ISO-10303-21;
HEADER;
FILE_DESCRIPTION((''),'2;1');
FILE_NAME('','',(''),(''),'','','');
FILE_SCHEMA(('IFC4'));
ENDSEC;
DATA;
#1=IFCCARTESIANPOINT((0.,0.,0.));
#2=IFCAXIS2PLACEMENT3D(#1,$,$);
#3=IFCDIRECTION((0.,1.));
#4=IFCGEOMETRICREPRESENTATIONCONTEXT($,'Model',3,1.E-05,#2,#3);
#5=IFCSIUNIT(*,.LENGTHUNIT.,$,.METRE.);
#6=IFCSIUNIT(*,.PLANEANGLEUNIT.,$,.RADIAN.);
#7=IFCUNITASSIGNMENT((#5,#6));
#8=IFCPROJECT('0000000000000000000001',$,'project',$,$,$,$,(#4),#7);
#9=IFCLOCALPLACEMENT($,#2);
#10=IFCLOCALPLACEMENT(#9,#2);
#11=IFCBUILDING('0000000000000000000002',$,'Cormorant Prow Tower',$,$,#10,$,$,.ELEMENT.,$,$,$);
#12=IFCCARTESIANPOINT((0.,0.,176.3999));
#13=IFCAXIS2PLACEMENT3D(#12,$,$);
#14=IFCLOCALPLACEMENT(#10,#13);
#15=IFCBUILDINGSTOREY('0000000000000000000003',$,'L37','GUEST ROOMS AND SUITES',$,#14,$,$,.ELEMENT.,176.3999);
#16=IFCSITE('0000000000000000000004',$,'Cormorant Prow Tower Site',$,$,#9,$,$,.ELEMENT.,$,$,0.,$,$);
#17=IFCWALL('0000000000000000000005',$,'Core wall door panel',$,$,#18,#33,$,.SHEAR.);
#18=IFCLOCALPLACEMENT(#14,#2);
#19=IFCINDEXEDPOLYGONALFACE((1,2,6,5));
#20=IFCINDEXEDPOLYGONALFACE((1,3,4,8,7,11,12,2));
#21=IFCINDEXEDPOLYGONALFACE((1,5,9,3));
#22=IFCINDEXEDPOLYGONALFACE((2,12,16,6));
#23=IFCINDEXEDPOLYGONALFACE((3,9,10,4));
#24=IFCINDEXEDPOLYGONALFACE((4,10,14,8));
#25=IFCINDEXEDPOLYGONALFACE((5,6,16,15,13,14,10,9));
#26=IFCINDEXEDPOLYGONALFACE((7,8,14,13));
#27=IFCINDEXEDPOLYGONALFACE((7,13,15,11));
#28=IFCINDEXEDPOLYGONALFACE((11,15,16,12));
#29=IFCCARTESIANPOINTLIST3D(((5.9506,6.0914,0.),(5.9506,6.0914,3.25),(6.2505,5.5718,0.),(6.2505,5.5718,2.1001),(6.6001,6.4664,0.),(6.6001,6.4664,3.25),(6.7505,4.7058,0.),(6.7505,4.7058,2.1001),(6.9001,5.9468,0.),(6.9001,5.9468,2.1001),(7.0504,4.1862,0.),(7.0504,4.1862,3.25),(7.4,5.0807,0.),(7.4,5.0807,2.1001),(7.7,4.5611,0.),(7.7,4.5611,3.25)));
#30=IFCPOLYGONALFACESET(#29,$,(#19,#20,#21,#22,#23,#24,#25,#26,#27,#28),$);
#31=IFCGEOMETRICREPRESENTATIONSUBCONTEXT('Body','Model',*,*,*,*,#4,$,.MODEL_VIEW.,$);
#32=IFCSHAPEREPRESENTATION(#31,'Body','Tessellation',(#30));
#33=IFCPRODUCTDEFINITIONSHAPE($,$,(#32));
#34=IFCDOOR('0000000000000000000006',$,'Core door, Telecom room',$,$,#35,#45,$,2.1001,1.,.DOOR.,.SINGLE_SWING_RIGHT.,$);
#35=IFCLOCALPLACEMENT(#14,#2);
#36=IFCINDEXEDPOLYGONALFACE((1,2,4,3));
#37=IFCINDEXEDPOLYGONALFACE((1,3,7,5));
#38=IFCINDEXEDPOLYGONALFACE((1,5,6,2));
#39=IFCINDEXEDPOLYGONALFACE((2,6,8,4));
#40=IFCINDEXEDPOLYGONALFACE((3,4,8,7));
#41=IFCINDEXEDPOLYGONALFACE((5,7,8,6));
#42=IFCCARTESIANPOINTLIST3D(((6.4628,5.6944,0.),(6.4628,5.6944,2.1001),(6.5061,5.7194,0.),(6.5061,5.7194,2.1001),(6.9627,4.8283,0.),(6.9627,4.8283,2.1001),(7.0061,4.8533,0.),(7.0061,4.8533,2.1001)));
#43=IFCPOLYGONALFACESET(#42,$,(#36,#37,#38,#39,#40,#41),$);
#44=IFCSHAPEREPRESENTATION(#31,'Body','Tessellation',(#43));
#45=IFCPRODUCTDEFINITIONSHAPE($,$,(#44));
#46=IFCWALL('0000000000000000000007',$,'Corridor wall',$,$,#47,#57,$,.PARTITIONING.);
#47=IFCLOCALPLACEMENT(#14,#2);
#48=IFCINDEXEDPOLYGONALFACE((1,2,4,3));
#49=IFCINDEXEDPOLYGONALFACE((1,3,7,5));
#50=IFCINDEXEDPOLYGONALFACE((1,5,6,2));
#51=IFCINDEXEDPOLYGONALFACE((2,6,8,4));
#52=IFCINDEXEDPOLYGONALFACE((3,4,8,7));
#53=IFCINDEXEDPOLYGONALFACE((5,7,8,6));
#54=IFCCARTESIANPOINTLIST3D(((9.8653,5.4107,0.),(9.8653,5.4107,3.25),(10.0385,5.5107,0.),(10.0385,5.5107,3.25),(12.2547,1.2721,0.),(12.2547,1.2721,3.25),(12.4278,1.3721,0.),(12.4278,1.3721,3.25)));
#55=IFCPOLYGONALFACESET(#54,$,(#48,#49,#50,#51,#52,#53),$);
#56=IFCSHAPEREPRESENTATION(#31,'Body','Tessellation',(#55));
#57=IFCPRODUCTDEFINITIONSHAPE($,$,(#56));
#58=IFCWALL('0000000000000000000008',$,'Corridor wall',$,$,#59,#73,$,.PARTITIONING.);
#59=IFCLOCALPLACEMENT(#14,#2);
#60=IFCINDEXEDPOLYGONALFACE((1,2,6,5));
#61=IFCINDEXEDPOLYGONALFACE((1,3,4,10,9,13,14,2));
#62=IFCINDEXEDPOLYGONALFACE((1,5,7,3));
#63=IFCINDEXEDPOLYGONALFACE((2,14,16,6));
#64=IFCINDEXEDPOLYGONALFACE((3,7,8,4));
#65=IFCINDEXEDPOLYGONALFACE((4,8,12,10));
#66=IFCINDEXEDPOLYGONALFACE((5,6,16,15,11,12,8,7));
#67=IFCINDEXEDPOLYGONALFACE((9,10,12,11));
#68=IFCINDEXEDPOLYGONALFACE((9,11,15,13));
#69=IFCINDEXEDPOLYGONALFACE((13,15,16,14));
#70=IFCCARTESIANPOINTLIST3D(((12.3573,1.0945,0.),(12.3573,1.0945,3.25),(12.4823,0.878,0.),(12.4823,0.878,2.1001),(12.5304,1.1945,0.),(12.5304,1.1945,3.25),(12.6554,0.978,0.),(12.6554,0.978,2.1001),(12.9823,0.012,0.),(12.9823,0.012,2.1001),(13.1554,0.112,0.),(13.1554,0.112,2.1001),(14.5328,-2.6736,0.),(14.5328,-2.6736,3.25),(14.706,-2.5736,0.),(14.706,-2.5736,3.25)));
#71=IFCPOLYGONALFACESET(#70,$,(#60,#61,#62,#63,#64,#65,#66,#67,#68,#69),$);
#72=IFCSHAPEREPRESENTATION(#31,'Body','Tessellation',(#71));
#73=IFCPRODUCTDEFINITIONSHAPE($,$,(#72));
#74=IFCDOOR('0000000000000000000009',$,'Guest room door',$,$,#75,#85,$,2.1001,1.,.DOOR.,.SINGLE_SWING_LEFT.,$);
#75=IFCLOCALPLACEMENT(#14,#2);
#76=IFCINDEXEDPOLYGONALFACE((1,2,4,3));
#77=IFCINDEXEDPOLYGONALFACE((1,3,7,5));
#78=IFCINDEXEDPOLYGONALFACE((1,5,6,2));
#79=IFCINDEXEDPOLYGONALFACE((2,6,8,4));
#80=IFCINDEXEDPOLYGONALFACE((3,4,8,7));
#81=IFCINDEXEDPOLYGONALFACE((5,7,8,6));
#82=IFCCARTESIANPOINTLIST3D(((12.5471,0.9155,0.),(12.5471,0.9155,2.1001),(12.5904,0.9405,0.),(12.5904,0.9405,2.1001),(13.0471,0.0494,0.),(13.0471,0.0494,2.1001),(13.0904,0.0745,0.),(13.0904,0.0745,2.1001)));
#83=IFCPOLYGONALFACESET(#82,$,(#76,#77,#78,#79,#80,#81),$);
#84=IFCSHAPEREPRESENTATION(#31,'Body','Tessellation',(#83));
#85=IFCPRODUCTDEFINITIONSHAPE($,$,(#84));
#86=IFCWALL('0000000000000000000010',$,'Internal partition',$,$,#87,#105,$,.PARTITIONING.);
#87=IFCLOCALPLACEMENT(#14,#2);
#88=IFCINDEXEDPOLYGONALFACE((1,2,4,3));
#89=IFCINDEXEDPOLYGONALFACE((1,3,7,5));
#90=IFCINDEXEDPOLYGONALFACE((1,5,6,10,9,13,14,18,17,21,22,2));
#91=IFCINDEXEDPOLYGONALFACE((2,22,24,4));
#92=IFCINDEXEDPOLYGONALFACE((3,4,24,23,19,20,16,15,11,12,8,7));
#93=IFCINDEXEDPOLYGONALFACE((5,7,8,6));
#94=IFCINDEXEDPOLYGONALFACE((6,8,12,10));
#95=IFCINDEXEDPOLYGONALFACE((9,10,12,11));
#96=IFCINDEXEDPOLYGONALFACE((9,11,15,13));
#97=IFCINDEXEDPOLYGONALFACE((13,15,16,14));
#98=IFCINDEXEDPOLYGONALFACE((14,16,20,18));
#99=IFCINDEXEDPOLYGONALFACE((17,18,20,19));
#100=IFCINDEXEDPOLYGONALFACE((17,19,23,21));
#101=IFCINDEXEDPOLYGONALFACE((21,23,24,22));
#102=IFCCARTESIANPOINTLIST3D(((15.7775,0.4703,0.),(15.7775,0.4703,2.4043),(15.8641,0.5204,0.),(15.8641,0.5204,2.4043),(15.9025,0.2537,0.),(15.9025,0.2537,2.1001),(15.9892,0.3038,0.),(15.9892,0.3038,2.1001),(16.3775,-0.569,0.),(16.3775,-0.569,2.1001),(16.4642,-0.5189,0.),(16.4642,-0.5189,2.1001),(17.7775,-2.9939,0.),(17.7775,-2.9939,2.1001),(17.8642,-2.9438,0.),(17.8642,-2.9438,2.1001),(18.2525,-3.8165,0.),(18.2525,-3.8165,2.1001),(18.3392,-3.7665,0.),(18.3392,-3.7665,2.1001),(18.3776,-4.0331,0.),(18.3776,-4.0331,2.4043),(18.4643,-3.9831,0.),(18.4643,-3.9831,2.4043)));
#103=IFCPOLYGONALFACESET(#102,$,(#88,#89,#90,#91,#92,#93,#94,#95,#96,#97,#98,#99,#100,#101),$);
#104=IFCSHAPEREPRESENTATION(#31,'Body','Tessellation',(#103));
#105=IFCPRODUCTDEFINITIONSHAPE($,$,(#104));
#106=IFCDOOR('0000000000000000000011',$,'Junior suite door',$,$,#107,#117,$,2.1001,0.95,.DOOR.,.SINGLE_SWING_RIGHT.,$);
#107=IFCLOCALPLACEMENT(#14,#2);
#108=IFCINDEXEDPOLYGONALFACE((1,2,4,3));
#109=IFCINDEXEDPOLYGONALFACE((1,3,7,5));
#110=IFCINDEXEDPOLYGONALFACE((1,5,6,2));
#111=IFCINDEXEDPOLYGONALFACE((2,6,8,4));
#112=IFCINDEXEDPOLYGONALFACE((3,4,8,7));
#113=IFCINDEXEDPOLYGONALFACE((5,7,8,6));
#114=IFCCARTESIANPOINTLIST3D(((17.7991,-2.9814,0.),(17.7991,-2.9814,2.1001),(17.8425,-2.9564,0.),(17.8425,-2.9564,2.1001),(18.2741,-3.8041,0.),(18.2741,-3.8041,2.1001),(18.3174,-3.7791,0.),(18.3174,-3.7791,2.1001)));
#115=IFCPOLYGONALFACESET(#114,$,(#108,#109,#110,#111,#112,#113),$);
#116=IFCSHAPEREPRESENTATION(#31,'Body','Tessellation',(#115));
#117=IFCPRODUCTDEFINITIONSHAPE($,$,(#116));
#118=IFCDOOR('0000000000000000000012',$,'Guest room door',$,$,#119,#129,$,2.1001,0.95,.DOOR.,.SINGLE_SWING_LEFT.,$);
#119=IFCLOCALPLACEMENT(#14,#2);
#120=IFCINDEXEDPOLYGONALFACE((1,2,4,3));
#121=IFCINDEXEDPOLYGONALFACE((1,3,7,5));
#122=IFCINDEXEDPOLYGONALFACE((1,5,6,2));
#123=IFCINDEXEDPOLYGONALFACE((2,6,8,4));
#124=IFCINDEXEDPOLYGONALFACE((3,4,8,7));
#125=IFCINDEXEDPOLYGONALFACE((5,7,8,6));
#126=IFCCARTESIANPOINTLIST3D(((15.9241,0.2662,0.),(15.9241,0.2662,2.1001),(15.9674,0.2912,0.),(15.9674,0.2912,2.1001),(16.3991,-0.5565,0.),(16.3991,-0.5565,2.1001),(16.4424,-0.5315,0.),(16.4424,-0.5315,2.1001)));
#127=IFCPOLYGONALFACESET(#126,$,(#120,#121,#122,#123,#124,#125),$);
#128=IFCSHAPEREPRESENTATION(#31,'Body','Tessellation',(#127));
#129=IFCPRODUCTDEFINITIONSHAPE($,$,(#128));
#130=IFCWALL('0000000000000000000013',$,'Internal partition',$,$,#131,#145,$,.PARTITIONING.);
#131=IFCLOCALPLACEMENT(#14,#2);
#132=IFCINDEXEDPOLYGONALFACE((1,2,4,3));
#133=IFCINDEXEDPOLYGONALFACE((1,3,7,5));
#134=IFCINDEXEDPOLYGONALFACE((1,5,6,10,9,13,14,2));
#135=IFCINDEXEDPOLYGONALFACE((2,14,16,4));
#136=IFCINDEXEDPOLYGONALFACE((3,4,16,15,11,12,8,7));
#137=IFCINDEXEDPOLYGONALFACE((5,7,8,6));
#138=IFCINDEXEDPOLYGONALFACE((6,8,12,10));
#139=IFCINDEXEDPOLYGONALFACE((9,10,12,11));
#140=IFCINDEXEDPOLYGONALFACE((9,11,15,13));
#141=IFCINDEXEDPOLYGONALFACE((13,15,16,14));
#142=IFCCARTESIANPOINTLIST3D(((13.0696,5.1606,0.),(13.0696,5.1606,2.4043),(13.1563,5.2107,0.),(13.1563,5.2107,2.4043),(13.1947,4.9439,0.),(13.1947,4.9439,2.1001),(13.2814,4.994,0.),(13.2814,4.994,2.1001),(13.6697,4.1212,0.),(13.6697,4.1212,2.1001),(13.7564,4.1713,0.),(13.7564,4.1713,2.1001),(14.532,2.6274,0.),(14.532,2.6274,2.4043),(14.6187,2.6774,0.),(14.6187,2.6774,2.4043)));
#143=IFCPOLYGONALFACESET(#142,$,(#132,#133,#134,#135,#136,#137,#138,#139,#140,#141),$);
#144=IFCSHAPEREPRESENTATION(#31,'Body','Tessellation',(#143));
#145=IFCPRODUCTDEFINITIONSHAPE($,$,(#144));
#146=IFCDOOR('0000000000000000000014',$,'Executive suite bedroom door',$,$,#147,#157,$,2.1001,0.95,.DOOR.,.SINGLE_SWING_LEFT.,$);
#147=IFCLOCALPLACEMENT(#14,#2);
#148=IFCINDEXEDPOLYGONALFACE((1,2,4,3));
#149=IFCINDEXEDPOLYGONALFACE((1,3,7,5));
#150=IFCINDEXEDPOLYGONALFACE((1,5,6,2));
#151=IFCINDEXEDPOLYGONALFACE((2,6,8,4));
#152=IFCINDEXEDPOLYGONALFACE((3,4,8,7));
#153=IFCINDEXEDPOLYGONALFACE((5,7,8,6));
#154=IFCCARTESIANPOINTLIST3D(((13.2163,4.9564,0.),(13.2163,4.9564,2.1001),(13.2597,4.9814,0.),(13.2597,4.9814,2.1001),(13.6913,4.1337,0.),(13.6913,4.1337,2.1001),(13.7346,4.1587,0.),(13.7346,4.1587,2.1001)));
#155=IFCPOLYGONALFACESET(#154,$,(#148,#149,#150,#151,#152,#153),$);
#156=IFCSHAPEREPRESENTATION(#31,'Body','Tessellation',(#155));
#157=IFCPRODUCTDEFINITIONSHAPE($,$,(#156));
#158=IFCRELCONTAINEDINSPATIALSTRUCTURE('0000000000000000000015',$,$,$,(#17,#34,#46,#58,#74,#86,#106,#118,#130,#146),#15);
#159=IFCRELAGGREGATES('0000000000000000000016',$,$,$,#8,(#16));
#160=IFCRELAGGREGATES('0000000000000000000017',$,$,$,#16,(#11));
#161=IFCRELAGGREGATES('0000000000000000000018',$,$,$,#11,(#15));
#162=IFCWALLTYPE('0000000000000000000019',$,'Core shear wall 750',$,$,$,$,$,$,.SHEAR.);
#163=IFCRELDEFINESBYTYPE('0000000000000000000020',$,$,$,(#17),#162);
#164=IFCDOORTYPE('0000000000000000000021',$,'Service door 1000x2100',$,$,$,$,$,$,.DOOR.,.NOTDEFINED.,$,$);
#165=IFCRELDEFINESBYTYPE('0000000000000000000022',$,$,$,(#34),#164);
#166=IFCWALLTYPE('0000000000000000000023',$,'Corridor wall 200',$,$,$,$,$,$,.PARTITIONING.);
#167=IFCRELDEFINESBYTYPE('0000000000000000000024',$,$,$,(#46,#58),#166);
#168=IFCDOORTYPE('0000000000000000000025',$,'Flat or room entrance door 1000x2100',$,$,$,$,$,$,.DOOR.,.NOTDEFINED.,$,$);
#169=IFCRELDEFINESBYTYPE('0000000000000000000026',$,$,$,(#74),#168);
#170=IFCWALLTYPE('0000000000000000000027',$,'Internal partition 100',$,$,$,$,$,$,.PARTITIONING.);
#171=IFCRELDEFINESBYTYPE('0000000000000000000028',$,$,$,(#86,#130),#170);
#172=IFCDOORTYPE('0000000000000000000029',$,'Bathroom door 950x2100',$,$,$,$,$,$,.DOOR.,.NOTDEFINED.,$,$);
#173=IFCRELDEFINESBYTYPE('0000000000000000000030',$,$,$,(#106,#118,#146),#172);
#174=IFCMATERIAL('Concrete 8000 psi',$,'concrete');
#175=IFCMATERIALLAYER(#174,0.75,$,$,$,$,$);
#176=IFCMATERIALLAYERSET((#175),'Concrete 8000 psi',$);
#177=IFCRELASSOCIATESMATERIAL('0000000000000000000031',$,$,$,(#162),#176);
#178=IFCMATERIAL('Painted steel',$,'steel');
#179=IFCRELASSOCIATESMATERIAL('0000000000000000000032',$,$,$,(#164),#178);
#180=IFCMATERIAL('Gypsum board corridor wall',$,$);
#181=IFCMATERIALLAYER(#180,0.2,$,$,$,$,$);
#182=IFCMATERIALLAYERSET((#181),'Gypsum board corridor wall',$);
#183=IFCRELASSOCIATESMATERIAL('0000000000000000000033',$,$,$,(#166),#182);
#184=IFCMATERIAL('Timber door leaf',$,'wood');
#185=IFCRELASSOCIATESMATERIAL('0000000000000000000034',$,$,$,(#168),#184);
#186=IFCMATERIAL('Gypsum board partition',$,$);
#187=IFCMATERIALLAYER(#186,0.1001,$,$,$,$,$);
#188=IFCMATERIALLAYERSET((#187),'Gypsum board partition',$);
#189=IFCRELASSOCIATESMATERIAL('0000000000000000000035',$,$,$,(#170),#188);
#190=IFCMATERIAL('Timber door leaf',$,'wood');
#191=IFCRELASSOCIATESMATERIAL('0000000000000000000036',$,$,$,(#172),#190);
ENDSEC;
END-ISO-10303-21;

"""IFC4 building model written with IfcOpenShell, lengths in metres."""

from ifc_helpers import new_model, si_unit, direction, frame, frame_2d, origin, place, context, subcontext, project, spatial, rectangle, extrude, material, layer, layer_set, type_object, element, fill, save


model = new_model("IFC4")

# Units and contexts
model_context = context("Model", 3, precision=1e-05, world=origin(), true_north=direction((0.0, 1.0)))
body_context = subcontext(model_context, "Body", "Model", "MODEL_VIEW")
ifc_project = project(units=[si_unit("LENGTHUNIT", "METRE"), si_unit("PLANEANGLEUNIT", "RADIAN")], contexts=[model_context])

# Site, building, storey
site_placement = place(None, origin())
site = spatial("IfcSite", under=ifc_project, at=site_placement, Name="Cormorant Prow Tower Site", CompositionType="ELEMENT", RefElevation=0.0)
building_placement = place(site_placement, origin())
building = spatial("IfcBuilding", under=site, at=building_placement, Name="Cormorant Prow Tower", CompositionType="ELEMENT")
storey_placement = place(building_placement, frame((0.0, 0.0, 176.3999)))
storey = spatial("IfcBuildingStorey", under=building, at=storey_placement, Name="L37", Description="GUEST ROOMS AND SUITES", CompositionType="ELEMENT", Elevation=176.3999)

# Shared definitions
ifc_material_1 = material(Name="Concrete 8000 psi", Category="concrete")
ifc_layer_1 = layer(ifc_material_1, 0.75)
ifc_layer_set_1 = layer_set([ifc_layer_1], Name="Concrete 8000 psi")
wall_type_1 = type_object("IfcWallType", Name="Core shear wall 750", PredefinedType="SHEAR", material=ifc_layer_set_1)

# Wall, opening, door
wall_1_placement = place(storey_placement, frame((7.3752, 4.3735, 0.0), z_axis=(0.0, 0.0, 1.0), x_axis=(-0.499947, 0.866056, 0.0)))
wall_1 = element("IfcWall", 1, at=wall_1_placement, inside=storey, type_object=wall_type_1, Name="Core wall door panel", PredefinedType="SHEAR", context=body_context, shape_type="SweptSolid", body=[
    extrude(rectangle(XDim=2.2, YDim=0.75, at=frame_2d((1.1001, 0.0))), origin(), (0.0, 0.0, 1.0), 3.25),
])
opening_1_placement = place(wall_1_placement, frame((0.6001, 0.0, 0.0)))
opening_1 = element("IfcOpeningElement", 2, at=opening_1_placement, cuts=wall_1, PredefinedType="OPENING", context=body_context, shape_type="SweptSolid", body=[
    extrude(rectangle(XDim=1.0, YDim=2.1001, at=frame_2d((0.5, 1.05))), frame((0.0, 0.385, 0.0), z_axis=(0.0, -1.0, 0.0), x_axis=(1.0, 0.0, 0.0)), (0.0, 0.0, 1.0), 0.77),
])
ifc_material_2 = material(Name="Painted steel", Category="steel")
door_type_1 = type_object("IfcDoorType", Name="Service door 1000x2100", OperationType="NOTDEFINED", PredefinedType="DOOR", material=ifc_material_2)
door_1_placement = place(opening_1_placement, origin())
door_1 = element("IfcDoor", 3, at=door_1_placement, inside=storey, type_object=door_type_1, Name="Core door, Telecom room", OperationType="SINGLE_SWING_RIGHT", OverallHeight=2.1001, OverallWidth=1.0, PredefinedType="DOOR", context=body_context, shape_type="SweptSolid", body=[
    extrude(rectangle(XDim=1.0, YDim=2.1001, at=frame_2d((0.5, 1.05))), frame((0.0, 0.1299, 0.0), z_axis=(0.0, -1.0, 0.0), x_axis=(1.0, 0.0, 0.0)), (0.0, 0.0, 1.0), 0.05),
])
fill(opening_1, door_1)

# Wall
ifc_material_3 = material(Name="Gypsum board corridor wall")
ifc_layer_2 = layer(ifc_material_3, 0.2)
ifc_layer_set_2 = layer_set([ifc_layer_2], Name="Gypsum board corridor wall")
wall_type_2 = type_object("IfcWallType", Name="Corridor wall 200", PredefinedType="PARTITIONING", material=ifc_layer_set_2)
wall_2_placement = place(storey_placement, frame((9.9519, 5.4607, 0.0), z_axis=(0.0, 0.0, 1.0), x_axis=(0.499991, -0.866031, 0.0)))
element("IfcWall", 4, at=wall_2_placement, inside=storey, type_object=wall_type_2, Name="Corridor wall", PredefinedType="PARTITIONING", context=body_context, shape_type="SweptSolid", body=[
    extrude(rectangle(XDim=4.7788, YDim=0.2, at=frame_2d((2.3894, 0.0))), origin(), (0.0, 0.0, 1.0), 3.25),
])

# Wall, opening, door
wall_3_placement = place(storey_placement, frame((12.4438, 1.1445, 0.0), z_axis=(0.0, 0.0, 1.0), x_axis=(0.500007, -0.866021, 0.0)))
wall_3 = element("IfcWall", 5, at=wall_3_placement, inside=storey, type_object=wall_type_2, Name="Corridor wall", PredefinedType="PARTITIONING", context=body_context, shape_type="SweptSolid", body=[
    extrude(rectangle(XDim=4.3511, YDim=0.2, at=frame_2d((2.1755, 0.0))), origin(), (0.0, 0.0, 1.0), 3.25),
])
opening_2_placement = place(wall_3_placement, frame((0.25, 0.0, 0.0)))
opening_2 = element("IfcOpeningElement", 6, at=opening_2_placement, cuts=wall_3, PredefinedType="OPENING", context=body_context, shape_type="SweptSolid", body=[
    extrude(rectangle(XDim=1.0, YDim=2.1001, at=frame_2d((0.5, 1.05))), frame((0.0, 0.1099, 0.0), z_axis=(0.0, -1.0, 0.0), x_axis=(1.0, 0.0, 0.0)), (0.0, 0.0, 1.0), 0.22),
])
ifc_material_4 = material(Name="Timber door leaf", Category="wood")
door_type_2 = type_object("IfcDoorType", Name="Flat or room entrance door 1000x2100", OperationType="NOTDEFINED", PredefinedType="DOOR", material=ifc_material_4)
door_2_placement = place(opening_2_placement, origin())
door_2 = element("IfcDoor", 7, at=door_2_placement, inside=storey, type_object=door_type_2, Name="Guest room door", OperationType="SINGLE_SWING_LEFT", OverallHeight=2.1001, OverallWidth=1.0, PredefinedType="DOOR", context=body_context, shape_type="SweptSolid", body=[
    extrude(rectangle(XDim=1.0, YDim=2.1001, at=frame_2d((0.5, 1.05))), frame((0.0, 0.0249, 0.0), z_axis=(0.0, -1.0, 0.0), x_axis=(1.0, 0.0, 0.0)), (0.0, 0.0, 1.0), 0.05),
])
fill(opening_2, door_2)

# Wall, openings, doors
ifc_material_5 = material(Name="Gypsum board partition")
ifc_layer_3 = layer(ifc_material_5, 0.1001)
ifc_layer_set_3 = layer_set([ifc_layer_3], Name="Gypsum board partition")
wall_type_3 = type_object("IfcWallType", Name="Internal partition 100", PredefinedType="PARTITIONING", material=ifc_layer_set_3)
wall_4_placement = place(storey_placement, frame((15.8208, 0.4954, 0.0), z_axis=(0.0, 0.0, 1.0), x_axis=(0.500007, -0.866021, 0.0)))
wall_4 = element("IfcWall", 8, at=wall_4_placement, inside=storey, type_object=wall_type_3, Name="Internal partition", PredefinedType="PARTITIONING", context=body_context, shape_type="SweptSolid", body=[
    extrude(rectangle(XDim=5.2002, YDim=0.1001, at=frame_2d((2.6001, 0.0))), origin(), (0.0, 0.0, 1.0), 2.4043),
])
opening_3_placement = place(wall_4_placement, frame((4.0, 0.0, 0.0)))
opening_3 = element("IfcOpeningElement", 9, at=opening_3_placement, cuts=wall_4, PredefinedType="OPENING", context=body_context, shape_type="SweptSolid", body=[
    extrude(rectangle(XDim=0.95, YDim=2.1001, at=frame_2d((0.4751, 1.05))), frame((0.0, 0.0601, 0.0), z_axis=(0.0, -1.0, 0.0), x_axis=(1.0, 0.0, 0.0)), (0.0, 0.0, 1.0), 0.1201),
])
opening_4_placement = place(wall_4_placement, frame((0.25, 0.0, 0.0)))
opening_4 = element("IfcOpeningElement", 10, at=opening_4_placement, cuts=wall_4, PredefinedType="OPENING", context=body_context, shape_type="SweptSolid", body=[
    extrude(rectangle(XDim=0.95, YDim=2.1001, at=frame_2d((0.4751, 1.05))), frame((0.0, 0.0601, 0.0), z_axis=(0.0, -1.0, 0.0), x_axis=(1.0, 0.0, 0.0)), (0.0, 0.0, 1.0), 0.1201),
])
ifc_material_6 = material(Name="Timber door leaf", Category="wood")
door_type_3 = type_object("IfcDoorType", Name="Bathroom door 950x2100", OperationType="NOTDEFINED", PredefinedType="DOOR", material=ifc_material_6)
door_3_placement = place(opening_3_placement, origin())
door_3 = element("IfcDoor", 11, at=door_3_placement, inside=storey, type_object=door_type_3, Name="Junior suite door", OperationType="SINGLE_SWING_RIGHT", OverallHeight=2.1001, OverallWidth=0.95, PredefinedType="DOOR", context=body_context, shape_type="SweptSolid", body=[
    extrude(rectangle(XDim=0.95, YDim=2.1001, at=frame_2d((0.4751, 1.05))), frame((0.0, 0.0249, 0.0), z_axis=(0.0, -1.0, 0.0), x_axis=(1.0, 0.0, 0.0)), (0.0, 0.0, 1.0), 0.05),
])
fill(opening_3, door_3)
door_4_placement = place(opening_4_placement, origin())
door_4 = element("IfcDoor", 12, at=door_4_placement, inside=storey, type_object=door_type_3, Name="Guest room door", OperationType="SINGLE_SWING_LEFT", OverallHeight=2.1001, OverallWidth=0.95, PredefinedType="DOOR", context=body_context, shape_type="SweptSolid", body=[
    extrude(rectangle(XDim=0.95, YDim=2.1001, at=frame_2d((0.4751, 1.05))), frame((0.0, 0.0249, 0.0), z_axis=(0.0, -1.0, 0.0), x_axis=(1.0, 0.0, 0.0)), (0.0, 0.0, 1.0), 0.05),
])
fill(opening_4, door_4)

# Wall, opening, door
wall_5_placement = place(storey_placement, frame((13.113, 5.1855, 0.0), z_axis=(0.0, 0.0, 1.0), x_axis=(0.499963, -0.866047, 0.0)))
wall_5 = element("IfcWall", 13, at=wall_5_placement, inside=storey, type_object=wall_type_3, Name="Internal partition", PredefinedType="PARTITIONING", context=body_context, shape_type="SweptSolid", body=[
    extrude(rectangle(XDim=2.925, YDim=0.1001, at=frame_2d((1.4624, 0.0))), origin(), (0.0, 0.0, 1.0), 2.4043),
])
opening_5_placement = place(wall_5_placement, frame((0.25, 0.0, 0.0)))
opening_5 = element("IfcOpeningElement", 14, at=opening_5_placement, cuts=wall_5, PredefinedType="OPENING", context=body_context, shape_type="SweptSolid", body=[
    extrude(rectangle(XDim=0.95, YDim=2.1001, at=frame_2d((0.4751, 1.05))), frame((0.0, 0.0601, 0.0), z_axis=(0.0, -1.0, 0.0), x_axis=(1.0, 0.0, 0.0)), (0.0, 0.0, 1.0), 0.1201),
])
door_5_placement = place(opening_5_placement, origin())
door_5 = element("IfcDoor", 15, at=door_5_placement, inside=storey, type_object=door_type_3, Name="Executive suite bedroom door", OperationType="SINGLE_SWING_LEFT", OverallHeight=2.1001, OverallWidth=0.95, PredefinedType="DOOR", context=body_context, shape_type="SweptSolid", body=[
    extrude(rectangle(XDim=0.95, YDim=2.1001, at=frame_2d((0.4751, 1.05))), frame((0.0, 0.0249, 0.0), z_axis=(0.0, -1.0, 0.0), x_axis=(1.0, 0.0, 0.0)), (0.0, 0.0, 1.0), 0.05),
])
fill(opening_5, door_5)

save(model, "model.ifc")
